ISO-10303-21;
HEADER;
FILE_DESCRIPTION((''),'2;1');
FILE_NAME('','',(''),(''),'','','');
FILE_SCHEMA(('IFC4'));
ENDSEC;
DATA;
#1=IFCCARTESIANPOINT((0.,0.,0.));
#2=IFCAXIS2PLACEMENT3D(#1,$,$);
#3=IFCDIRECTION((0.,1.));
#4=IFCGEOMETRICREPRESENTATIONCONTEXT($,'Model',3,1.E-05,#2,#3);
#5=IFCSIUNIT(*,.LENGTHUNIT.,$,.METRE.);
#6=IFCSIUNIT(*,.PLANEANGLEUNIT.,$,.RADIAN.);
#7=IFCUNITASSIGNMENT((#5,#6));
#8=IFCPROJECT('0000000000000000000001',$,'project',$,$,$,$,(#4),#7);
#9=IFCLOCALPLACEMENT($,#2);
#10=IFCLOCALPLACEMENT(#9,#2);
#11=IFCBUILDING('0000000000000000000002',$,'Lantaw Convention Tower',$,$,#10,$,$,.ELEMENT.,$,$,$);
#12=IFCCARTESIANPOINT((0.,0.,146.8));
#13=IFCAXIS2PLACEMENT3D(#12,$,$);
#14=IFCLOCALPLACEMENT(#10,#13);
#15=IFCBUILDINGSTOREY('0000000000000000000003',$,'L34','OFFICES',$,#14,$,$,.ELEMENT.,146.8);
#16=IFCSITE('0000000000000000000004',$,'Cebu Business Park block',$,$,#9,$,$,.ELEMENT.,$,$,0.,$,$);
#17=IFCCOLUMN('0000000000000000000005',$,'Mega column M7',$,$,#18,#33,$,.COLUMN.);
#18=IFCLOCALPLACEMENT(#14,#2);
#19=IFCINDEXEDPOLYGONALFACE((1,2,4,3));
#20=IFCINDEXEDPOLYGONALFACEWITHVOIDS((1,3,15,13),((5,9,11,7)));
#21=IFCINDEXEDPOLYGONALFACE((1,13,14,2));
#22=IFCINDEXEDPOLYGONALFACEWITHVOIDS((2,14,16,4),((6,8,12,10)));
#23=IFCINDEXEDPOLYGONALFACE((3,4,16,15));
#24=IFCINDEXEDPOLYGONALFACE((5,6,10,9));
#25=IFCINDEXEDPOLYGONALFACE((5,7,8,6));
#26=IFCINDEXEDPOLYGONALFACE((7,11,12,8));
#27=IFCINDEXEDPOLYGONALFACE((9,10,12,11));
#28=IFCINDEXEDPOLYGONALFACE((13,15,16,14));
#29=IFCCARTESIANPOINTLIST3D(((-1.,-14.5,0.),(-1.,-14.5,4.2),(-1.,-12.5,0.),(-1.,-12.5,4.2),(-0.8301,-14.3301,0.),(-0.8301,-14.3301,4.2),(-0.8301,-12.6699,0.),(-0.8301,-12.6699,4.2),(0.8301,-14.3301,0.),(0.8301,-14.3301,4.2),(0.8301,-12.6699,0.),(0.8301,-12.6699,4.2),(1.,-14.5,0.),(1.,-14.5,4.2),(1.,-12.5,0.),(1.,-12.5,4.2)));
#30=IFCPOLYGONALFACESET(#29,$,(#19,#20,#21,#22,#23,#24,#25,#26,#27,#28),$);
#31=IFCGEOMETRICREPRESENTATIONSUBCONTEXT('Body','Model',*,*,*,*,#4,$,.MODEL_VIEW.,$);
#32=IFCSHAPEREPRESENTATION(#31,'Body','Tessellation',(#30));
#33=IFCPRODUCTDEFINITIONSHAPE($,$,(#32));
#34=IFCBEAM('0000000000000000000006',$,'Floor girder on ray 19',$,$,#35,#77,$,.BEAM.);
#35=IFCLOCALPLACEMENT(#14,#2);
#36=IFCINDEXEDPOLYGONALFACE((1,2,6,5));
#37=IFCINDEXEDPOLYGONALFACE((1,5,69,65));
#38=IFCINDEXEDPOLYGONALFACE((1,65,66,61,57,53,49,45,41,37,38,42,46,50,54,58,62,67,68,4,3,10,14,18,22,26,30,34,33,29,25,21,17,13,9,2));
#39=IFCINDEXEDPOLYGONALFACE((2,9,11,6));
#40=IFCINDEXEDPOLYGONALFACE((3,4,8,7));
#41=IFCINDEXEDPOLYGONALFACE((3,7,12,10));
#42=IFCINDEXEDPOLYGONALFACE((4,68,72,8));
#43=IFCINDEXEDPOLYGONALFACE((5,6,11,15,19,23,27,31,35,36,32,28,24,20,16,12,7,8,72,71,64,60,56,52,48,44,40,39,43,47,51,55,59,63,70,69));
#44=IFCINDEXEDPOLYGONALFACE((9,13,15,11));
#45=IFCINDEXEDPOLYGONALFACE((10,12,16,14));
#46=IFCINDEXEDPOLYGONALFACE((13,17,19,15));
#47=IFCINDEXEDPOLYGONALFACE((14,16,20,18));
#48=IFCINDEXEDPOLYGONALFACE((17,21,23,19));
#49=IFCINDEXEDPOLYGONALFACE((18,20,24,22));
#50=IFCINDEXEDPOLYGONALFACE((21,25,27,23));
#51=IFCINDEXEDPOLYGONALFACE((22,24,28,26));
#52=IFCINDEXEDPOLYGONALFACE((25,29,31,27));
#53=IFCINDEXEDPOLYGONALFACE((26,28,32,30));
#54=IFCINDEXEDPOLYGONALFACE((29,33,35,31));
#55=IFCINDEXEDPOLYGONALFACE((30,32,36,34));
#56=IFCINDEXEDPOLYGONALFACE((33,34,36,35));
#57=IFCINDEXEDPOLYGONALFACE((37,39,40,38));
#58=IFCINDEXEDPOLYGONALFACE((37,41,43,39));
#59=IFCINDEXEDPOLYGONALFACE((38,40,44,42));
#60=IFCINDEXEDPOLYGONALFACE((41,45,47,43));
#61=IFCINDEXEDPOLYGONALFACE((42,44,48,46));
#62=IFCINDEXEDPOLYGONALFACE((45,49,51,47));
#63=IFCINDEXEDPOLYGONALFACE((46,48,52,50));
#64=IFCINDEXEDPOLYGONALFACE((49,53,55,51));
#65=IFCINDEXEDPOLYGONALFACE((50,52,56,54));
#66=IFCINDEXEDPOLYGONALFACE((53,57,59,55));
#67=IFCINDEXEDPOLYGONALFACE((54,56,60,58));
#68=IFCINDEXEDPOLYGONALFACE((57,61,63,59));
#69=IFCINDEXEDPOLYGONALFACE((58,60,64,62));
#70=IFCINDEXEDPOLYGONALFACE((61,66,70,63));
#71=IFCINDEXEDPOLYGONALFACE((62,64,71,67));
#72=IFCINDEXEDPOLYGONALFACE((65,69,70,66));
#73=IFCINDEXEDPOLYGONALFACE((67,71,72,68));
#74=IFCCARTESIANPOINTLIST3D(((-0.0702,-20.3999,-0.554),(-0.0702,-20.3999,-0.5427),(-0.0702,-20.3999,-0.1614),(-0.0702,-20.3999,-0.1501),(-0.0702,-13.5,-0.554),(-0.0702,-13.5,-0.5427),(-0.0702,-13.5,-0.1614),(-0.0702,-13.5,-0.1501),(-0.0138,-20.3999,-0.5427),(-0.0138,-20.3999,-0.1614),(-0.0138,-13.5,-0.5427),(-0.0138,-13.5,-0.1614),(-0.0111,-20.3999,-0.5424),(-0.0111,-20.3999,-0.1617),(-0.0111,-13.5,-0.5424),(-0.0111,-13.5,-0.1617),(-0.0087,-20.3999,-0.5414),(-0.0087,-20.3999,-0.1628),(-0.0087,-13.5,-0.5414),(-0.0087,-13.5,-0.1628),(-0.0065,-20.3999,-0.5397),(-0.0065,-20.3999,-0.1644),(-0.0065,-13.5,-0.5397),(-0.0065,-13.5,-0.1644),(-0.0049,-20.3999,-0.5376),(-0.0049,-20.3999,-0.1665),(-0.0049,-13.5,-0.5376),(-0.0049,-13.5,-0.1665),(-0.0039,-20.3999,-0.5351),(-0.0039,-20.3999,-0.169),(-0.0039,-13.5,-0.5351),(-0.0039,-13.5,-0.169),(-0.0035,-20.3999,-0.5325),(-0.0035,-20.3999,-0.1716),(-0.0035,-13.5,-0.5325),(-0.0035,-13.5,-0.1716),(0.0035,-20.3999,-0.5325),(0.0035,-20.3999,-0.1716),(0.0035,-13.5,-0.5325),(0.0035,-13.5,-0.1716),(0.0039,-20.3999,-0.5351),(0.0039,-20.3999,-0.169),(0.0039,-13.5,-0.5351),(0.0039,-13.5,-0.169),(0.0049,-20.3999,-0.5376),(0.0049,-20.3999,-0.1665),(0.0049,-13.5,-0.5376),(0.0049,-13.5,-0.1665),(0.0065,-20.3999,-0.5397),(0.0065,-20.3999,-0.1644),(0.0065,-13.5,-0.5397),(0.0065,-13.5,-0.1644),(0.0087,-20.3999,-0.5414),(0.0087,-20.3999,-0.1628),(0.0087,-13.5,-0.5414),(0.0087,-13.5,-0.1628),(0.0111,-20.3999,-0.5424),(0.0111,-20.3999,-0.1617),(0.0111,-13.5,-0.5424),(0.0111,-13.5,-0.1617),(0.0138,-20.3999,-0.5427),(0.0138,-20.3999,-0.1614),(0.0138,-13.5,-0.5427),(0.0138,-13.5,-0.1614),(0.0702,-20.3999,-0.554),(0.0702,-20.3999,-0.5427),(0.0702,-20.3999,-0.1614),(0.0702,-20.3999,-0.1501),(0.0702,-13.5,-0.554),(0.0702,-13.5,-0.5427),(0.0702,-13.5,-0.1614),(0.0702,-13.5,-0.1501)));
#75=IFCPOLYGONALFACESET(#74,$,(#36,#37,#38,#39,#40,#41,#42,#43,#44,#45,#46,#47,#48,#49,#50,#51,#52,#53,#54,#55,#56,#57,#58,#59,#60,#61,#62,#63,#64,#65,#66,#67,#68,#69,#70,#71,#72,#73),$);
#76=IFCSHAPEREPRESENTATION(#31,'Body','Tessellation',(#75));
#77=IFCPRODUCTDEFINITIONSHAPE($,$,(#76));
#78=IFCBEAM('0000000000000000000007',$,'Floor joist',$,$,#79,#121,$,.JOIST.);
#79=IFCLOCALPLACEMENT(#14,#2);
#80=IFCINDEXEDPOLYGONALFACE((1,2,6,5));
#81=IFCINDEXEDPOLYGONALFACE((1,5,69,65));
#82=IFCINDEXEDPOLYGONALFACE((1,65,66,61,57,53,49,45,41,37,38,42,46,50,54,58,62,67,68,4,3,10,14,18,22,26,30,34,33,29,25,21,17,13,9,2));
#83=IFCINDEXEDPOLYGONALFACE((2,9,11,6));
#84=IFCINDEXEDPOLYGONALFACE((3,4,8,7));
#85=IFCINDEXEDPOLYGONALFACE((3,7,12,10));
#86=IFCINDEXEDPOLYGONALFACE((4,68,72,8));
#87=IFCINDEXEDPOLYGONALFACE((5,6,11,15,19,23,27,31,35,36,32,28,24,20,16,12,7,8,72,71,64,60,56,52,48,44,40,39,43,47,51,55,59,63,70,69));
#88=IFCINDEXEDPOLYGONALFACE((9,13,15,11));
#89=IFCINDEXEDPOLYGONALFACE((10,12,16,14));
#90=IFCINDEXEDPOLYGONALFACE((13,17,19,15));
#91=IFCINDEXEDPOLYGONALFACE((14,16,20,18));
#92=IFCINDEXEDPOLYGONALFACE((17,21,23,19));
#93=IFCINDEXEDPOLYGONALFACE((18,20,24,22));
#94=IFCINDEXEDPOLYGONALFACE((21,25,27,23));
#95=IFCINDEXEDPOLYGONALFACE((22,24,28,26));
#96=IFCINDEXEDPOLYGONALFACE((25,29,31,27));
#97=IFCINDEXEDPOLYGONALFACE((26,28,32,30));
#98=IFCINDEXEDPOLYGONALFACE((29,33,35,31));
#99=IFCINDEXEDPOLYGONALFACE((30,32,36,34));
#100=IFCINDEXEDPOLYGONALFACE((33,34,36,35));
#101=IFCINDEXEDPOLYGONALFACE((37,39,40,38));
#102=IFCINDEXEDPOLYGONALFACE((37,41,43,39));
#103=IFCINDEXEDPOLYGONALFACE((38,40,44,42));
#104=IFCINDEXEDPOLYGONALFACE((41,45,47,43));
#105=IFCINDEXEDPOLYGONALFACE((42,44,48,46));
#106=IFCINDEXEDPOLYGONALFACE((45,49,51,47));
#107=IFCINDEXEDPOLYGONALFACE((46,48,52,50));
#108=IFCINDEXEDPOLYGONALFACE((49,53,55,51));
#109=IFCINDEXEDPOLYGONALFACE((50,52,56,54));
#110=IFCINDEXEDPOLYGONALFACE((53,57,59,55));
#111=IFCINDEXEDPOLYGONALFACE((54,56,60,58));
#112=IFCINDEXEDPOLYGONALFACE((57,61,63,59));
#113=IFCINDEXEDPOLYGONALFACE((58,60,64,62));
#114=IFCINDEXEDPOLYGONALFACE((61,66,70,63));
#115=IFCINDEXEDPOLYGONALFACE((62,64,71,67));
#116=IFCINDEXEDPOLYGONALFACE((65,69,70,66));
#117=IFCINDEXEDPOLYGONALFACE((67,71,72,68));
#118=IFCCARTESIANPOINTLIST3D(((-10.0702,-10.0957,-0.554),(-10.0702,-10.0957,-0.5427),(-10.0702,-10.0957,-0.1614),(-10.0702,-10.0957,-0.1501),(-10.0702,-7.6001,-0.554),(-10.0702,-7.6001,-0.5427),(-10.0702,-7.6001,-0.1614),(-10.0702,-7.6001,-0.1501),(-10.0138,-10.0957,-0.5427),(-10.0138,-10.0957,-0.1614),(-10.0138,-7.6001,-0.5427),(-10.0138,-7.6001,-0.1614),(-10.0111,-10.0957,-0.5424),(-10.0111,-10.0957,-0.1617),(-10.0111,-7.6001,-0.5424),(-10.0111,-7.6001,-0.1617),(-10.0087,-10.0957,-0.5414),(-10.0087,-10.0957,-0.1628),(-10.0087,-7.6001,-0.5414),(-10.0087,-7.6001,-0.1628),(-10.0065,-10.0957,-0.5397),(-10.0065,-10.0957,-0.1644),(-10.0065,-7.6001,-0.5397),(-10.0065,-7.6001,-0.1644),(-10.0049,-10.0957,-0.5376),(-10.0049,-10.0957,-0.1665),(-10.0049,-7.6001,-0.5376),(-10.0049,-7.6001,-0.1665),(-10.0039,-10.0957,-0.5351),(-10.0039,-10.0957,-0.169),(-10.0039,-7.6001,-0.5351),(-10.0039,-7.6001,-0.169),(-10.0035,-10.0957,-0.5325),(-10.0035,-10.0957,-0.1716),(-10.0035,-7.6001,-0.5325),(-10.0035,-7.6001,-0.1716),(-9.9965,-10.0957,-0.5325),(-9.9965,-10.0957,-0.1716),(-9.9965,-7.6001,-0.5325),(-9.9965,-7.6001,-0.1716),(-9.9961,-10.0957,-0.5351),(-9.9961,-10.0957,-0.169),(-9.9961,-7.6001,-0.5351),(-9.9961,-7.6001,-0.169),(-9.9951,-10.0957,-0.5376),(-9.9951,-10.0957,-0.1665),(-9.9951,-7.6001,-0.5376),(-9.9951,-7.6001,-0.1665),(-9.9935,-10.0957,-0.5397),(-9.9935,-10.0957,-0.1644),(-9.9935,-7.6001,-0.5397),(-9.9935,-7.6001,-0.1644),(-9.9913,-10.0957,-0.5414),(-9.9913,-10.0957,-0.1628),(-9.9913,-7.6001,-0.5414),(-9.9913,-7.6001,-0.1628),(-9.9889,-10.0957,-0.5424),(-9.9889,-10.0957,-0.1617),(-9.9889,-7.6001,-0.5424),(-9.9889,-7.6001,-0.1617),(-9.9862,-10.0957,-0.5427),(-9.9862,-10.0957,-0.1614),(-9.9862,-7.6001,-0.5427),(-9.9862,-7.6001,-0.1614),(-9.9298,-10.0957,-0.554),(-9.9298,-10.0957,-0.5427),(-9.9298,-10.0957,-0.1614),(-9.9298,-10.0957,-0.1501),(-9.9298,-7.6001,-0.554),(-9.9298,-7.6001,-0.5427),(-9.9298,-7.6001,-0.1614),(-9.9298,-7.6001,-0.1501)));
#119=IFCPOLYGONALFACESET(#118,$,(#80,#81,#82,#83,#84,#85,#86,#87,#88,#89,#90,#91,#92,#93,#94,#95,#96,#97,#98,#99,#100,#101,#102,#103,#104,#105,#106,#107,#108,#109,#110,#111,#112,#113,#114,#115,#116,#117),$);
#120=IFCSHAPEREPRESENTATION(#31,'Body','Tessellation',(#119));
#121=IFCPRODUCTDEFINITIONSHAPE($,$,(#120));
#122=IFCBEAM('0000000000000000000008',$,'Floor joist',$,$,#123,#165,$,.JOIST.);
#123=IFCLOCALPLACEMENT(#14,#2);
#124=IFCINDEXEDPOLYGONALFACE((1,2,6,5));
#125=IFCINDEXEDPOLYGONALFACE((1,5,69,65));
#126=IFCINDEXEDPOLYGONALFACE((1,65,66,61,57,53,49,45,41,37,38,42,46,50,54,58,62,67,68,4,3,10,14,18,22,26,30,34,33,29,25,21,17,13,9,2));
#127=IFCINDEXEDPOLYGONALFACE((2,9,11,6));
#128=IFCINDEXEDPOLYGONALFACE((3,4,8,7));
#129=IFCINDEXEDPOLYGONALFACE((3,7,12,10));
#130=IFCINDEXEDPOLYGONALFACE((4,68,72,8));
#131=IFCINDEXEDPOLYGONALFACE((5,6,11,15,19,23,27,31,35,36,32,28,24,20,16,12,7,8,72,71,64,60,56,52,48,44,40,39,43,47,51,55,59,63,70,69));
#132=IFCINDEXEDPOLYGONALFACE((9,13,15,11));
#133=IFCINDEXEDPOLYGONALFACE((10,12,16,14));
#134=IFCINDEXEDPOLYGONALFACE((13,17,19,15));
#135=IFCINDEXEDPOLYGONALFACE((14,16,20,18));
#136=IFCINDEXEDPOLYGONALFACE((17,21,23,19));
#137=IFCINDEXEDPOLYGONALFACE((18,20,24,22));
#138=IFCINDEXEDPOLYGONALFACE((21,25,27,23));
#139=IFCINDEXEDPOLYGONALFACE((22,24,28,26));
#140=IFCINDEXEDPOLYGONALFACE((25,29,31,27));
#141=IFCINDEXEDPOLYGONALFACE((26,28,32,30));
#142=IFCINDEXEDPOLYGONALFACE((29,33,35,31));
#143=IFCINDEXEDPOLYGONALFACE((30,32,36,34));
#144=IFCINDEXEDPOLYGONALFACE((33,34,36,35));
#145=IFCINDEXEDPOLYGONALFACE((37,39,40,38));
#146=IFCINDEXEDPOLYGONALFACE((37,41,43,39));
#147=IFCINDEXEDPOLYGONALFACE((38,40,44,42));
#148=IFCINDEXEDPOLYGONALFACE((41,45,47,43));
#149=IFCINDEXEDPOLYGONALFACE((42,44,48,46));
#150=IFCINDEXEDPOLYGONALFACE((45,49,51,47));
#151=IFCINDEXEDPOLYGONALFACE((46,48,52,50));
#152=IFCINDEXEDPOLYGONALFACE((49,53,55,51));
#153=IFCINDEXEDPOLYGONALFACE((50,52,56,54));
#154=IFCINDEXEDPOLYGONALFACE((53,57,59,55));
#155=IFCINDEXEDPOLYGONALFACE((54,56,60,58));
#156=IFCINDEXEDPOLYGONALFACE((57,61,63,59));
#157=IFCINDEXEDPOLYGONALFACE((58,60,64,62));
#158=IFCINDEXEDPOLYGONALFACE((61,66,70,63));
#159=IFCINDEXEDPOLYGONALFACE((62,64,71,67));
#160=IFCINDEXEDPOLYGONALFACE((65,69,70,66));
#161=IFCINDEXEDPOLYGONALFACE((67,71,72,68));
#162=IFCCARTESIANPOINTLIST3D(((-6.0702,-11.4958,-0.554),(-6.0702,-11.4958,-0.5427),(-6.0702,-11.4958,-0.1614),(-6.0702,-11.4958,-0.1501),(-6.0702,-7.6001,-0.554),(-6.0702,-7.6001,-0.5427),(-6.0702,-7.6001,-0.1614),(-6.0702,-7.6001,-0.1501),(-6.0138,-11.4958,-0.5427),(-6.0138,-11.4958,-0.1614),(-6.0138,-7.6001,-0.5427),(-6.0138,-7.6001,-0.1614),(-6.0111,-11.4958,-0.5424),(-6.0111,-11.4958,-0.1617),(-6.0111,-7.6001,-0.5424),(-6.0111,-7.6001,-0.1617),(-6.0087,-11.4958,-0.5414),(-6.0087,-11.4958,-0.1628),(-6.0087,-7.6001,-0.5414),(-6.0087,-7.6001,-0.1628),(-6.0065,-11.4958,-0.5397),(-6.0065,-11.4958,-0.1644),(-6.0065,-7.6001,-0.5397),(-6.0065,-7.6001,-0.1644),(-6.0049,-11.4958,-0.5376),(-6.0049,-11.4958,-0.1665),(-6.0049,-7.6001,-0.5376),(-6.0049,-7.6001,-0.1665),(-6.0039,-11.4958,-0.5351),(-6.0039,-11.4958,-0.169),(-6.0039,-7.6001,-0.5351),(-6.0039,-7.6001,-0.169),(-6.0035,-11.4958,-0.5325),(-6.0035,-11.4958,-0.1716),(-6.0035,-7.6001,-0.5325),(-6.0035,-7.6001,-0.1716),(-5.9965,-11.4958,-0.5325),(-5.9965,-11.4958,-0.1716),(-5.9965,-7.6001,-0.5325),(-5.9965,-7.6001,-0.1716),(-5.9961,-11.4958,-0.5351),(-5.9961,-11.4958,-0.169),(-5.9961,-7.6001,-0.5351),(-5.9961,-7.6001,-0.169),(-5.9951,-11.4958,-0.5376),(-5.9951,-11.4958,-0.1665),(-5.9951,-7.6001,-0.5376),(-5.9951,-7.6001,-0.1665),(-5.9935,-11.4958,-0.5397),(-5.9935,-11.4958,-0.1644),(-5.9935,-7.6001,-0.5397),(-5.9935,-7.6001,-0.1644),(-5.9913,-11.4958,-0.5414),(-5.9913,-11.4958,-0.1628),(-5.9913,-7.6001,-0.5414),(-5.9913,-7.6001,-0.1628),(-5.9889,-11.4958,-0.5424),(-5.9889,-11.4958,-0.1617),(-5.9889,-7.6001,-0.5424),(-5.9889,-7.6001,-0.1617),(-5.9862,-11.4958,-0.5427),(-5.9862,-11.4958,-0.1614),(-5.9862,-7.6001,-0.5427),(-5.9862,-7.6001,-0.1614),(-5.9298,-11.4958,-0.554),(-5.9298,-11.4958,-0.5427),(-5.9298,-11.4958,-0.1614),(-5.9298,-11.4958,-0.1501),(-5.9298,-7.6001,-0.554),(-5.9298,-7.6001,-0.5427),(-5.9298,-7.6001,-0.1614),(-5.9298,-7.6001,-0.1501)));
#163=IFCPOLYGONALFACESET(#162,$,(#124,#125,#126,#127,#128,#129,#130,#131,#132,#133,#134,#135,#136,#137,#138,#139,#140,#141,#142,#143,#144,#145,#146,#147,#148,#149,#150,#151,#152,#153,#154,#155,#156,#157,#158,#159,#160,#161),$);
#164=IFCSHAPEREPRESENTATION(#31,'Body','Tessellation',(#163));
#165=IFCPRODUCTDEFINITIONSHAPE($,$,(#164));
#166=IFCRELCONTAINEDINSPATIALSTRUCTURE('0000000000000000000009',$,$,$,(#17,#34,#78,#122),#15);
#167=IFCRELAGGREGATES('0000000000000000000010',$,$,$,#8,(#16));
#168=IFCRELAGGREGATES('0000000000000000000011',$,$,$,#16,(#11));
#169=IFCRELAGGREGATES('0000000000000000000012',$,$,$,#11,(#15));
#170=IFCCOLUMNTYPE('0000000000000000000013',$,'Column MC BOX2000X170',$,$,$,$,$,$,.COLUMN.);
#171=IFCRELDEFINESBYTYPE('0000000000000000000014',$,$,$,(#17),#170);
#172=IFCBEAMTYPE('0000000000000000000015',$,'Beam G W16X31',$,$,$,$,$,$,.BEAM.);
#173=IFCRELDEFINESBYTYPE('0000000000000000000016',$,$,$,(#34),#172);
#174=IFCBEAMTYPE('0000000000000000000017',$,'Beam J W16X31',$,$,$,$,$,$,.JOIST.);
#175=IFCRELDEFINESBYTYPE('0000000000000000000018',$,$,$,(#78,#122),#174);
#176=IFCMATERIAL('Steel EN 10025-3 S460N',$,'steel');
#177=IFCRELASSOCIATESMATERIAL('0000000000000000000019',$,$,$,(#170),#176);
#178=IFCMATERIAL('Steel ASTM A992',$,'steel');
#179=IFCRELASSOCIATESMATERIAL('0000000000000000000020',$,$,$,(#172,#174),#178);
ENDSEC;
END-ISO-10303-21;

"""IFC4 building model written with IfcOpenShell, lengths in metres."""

from ifc_helpers import new_model, si_unit, direction, frame, origin, origin_2d, place, context, subcontext, project, spatial, rectangle, hollow_rectangle, i_section, extrude, material, material_profile, profile_set, type_object, element, save


model = new_model("IFC4")

# Units and contexts
model_context = context("Model", 3, precision=1e-05, world=origin(), true_north=direction((0.0, 1.0)))
body_context = subcontext(model_context, "Body", "Model", "MODEL_VIEW")
ifc_project = project(units=[si_unit("LENGTHUNIT", "METRE"), si_unit("PLANEANGLEUNIT", "RADIAN")], contexts=[model_context])

# Site, building, storey
site_placement = place(None, origin())
site = spatial("IfcSite", under=ifc_project, at=site_placement, Name="Cebu Business Park block", CompositionType="ELEMENT", RefElevation=0.0)
building_placement = place(site_placement, origin())
building = spatial("IfcBuilding", under=site, at=building_placement, Name="Lantaw Convention Tower", CompositionType="ELEMENT")
storey_placement = place(building_placement, frame((0.0, 0.0, 146.8)))
storey = spatial("IfcBuildingStorey", under=building, at=storey_placement, Name="L34", Description="OFFICES", CompositionType="ELEMENT", Elevation=146.8)

# Column
ifc_material_1 = material(Name="Steel EN 10025-3 S460N", Category="steel")
ifc_material_profile_1 = material_profile(ifc_material_1, hollow_rectangle(XDim=2.0, YDim=2.0, WallThickness=0.1699, at=origin_2d()), Name="BOX2000X170")
ifc_material_2 = material(Name="Concrete C60/75", Category="concrete")
ifc_material_profile_2 = material_profile(ifc_material_2, rectangle(XDim=1.6599, YDim=1.6599, at=origin_2d()), Name="Concrete fill of BOX2000X170")
ifc_profile_set_1 = profile_set([ifc_material_profile_1, ifc_material_profile_2], Name="Steel EN 10025-3 S460N")
column_type = type_object("IfcColumnType", Name="Column MC BOX2000X170", PredefinedType="COLUMN", material=ifc_profile_set_1)
column_placement = place(storey_placement, frame((0.0, -13.5, 0.0), z_axis=(0.0, 0.0, 1.0), x_axis=(1.0, 0.0, 0.0)))
element("IfcColumn", 1, at=column_placement, inside=storey, type_object=column_type, Name="Mega column M7", PredefinedType="COLUMN", context=body_context, shape_type="SweptSolid", body=[
    extrude(hollow_rectangle(XDim=2.0, YDim=2.0, WallThickness=0.1699, at=origin_2d()), origin(), (0.0, 0.0, 1.0), 4.2),
])

# Beams
ifc_material_3 = material(Name="Steel ASTM A992", Category="steel")
ifc_material_profile_3 = material_profile(ifc_material_3, i_section(OverallWidth=0.1404, OverallDepth=0.4038, WebThickness=0.0071, FlangeThickness=0.0112, FilletRadius=0.0103, at=origin_2d()), Name="W16X31")
ifc_profile_set_2 = profile_set([ifc_material_profile_3], Name="Steel ASTM A992")
beam_type_1 = type_object("IfcBeamType", Name="Beam G W16X31", PredefinedType="BEAM", material=ifc_profile_set_2)
beam_1_placement = place(storey_placement, frame((0.0, -13.5, -0.3521), z_axis=(0.0, -1.0, 0.0), x_axis=(1.0, 0.0, 0.0)))
element("IfcBeam", 2, at=beam_1_placement, inside=storey, type_object=beam_type_1, Name="Floor girder on ray 19", PredefinedType="BEAM", context=body_context, shape_type="SweptSolid", body=[
    extrude(i_section(OverallWidth=0.1404, OverallDepth=0.4038, WebThickness=0.0071, FlangeThickness=0.0112, FilletRadius=0.0103, at=origin_2d()), origin(), (0.0, 0.0, 1.0), 6.8999),
])
ifc_material_profile_4 = material_profile(ifc_material_3, i_section(OverallWidth=0.1404, OverallDepth=0.4038, WebThickness=0.0071, FlangeThickness=0.0112, FilletRadius=0.0103, at=origin_2d()), Name="W16X31")
ifc_profile_set_3 = profile_set([ifc_material_profile_4], Name="Steel ASTM A992")
beam_type_2 = type_object("IfcBeamType", Name="Beam J W16X31", PredefinedType="JOIST", material=ifc_profile_set_3)
beam_2_placement = place(storey_placement, frame((-10.0, -10.0957, -0.3521), z_axis=(0.0, 1.0, 0.0), x_axis=(-1.0, 0.0, 0.0)))
element("IfcBeam", 3, at=beam_2_placement, inside=storey, type_object=beam_type_2, Name="Floor joist", PredefinedType="JOIST", context=body_context, shape_type="SweptSolid", body=[
    extrude(i_section(OverallWidth=0.1404, OverallDepth=0.4038, WebThickness=0.0071, FlangeThickness=0.0112, FilletRadius=0.0103, at=origin_2d()), origin(), (0.0, 0.0, 1.0), 2.4956),
])
beam_3_placement = place(storey_placement, frame((-6.0, -11.4958, -0.3521), z_axis=(0.0, 1.0, 0.0), x_axis=(-1.0, 0.0, 0.0)))
element("IfcBeam", 4, at=beam_3_placement, inside=storey, type_object=beam_type_2, Name="Floor joist", PredefinedType="JOIST", context=body_context, shape_type="SweptSolid", body=[
    extrude(i_section(OverallWidth=0.1404, OverallDepth=0.4038, WebThickness=0.0071, FlangeThickness=0.0112, FilletRadius=0.0103, at=origin_2d()), origin(), (0.0, 0.0, 1.0), 3.8958),
])

save(model, "model.ifc")
